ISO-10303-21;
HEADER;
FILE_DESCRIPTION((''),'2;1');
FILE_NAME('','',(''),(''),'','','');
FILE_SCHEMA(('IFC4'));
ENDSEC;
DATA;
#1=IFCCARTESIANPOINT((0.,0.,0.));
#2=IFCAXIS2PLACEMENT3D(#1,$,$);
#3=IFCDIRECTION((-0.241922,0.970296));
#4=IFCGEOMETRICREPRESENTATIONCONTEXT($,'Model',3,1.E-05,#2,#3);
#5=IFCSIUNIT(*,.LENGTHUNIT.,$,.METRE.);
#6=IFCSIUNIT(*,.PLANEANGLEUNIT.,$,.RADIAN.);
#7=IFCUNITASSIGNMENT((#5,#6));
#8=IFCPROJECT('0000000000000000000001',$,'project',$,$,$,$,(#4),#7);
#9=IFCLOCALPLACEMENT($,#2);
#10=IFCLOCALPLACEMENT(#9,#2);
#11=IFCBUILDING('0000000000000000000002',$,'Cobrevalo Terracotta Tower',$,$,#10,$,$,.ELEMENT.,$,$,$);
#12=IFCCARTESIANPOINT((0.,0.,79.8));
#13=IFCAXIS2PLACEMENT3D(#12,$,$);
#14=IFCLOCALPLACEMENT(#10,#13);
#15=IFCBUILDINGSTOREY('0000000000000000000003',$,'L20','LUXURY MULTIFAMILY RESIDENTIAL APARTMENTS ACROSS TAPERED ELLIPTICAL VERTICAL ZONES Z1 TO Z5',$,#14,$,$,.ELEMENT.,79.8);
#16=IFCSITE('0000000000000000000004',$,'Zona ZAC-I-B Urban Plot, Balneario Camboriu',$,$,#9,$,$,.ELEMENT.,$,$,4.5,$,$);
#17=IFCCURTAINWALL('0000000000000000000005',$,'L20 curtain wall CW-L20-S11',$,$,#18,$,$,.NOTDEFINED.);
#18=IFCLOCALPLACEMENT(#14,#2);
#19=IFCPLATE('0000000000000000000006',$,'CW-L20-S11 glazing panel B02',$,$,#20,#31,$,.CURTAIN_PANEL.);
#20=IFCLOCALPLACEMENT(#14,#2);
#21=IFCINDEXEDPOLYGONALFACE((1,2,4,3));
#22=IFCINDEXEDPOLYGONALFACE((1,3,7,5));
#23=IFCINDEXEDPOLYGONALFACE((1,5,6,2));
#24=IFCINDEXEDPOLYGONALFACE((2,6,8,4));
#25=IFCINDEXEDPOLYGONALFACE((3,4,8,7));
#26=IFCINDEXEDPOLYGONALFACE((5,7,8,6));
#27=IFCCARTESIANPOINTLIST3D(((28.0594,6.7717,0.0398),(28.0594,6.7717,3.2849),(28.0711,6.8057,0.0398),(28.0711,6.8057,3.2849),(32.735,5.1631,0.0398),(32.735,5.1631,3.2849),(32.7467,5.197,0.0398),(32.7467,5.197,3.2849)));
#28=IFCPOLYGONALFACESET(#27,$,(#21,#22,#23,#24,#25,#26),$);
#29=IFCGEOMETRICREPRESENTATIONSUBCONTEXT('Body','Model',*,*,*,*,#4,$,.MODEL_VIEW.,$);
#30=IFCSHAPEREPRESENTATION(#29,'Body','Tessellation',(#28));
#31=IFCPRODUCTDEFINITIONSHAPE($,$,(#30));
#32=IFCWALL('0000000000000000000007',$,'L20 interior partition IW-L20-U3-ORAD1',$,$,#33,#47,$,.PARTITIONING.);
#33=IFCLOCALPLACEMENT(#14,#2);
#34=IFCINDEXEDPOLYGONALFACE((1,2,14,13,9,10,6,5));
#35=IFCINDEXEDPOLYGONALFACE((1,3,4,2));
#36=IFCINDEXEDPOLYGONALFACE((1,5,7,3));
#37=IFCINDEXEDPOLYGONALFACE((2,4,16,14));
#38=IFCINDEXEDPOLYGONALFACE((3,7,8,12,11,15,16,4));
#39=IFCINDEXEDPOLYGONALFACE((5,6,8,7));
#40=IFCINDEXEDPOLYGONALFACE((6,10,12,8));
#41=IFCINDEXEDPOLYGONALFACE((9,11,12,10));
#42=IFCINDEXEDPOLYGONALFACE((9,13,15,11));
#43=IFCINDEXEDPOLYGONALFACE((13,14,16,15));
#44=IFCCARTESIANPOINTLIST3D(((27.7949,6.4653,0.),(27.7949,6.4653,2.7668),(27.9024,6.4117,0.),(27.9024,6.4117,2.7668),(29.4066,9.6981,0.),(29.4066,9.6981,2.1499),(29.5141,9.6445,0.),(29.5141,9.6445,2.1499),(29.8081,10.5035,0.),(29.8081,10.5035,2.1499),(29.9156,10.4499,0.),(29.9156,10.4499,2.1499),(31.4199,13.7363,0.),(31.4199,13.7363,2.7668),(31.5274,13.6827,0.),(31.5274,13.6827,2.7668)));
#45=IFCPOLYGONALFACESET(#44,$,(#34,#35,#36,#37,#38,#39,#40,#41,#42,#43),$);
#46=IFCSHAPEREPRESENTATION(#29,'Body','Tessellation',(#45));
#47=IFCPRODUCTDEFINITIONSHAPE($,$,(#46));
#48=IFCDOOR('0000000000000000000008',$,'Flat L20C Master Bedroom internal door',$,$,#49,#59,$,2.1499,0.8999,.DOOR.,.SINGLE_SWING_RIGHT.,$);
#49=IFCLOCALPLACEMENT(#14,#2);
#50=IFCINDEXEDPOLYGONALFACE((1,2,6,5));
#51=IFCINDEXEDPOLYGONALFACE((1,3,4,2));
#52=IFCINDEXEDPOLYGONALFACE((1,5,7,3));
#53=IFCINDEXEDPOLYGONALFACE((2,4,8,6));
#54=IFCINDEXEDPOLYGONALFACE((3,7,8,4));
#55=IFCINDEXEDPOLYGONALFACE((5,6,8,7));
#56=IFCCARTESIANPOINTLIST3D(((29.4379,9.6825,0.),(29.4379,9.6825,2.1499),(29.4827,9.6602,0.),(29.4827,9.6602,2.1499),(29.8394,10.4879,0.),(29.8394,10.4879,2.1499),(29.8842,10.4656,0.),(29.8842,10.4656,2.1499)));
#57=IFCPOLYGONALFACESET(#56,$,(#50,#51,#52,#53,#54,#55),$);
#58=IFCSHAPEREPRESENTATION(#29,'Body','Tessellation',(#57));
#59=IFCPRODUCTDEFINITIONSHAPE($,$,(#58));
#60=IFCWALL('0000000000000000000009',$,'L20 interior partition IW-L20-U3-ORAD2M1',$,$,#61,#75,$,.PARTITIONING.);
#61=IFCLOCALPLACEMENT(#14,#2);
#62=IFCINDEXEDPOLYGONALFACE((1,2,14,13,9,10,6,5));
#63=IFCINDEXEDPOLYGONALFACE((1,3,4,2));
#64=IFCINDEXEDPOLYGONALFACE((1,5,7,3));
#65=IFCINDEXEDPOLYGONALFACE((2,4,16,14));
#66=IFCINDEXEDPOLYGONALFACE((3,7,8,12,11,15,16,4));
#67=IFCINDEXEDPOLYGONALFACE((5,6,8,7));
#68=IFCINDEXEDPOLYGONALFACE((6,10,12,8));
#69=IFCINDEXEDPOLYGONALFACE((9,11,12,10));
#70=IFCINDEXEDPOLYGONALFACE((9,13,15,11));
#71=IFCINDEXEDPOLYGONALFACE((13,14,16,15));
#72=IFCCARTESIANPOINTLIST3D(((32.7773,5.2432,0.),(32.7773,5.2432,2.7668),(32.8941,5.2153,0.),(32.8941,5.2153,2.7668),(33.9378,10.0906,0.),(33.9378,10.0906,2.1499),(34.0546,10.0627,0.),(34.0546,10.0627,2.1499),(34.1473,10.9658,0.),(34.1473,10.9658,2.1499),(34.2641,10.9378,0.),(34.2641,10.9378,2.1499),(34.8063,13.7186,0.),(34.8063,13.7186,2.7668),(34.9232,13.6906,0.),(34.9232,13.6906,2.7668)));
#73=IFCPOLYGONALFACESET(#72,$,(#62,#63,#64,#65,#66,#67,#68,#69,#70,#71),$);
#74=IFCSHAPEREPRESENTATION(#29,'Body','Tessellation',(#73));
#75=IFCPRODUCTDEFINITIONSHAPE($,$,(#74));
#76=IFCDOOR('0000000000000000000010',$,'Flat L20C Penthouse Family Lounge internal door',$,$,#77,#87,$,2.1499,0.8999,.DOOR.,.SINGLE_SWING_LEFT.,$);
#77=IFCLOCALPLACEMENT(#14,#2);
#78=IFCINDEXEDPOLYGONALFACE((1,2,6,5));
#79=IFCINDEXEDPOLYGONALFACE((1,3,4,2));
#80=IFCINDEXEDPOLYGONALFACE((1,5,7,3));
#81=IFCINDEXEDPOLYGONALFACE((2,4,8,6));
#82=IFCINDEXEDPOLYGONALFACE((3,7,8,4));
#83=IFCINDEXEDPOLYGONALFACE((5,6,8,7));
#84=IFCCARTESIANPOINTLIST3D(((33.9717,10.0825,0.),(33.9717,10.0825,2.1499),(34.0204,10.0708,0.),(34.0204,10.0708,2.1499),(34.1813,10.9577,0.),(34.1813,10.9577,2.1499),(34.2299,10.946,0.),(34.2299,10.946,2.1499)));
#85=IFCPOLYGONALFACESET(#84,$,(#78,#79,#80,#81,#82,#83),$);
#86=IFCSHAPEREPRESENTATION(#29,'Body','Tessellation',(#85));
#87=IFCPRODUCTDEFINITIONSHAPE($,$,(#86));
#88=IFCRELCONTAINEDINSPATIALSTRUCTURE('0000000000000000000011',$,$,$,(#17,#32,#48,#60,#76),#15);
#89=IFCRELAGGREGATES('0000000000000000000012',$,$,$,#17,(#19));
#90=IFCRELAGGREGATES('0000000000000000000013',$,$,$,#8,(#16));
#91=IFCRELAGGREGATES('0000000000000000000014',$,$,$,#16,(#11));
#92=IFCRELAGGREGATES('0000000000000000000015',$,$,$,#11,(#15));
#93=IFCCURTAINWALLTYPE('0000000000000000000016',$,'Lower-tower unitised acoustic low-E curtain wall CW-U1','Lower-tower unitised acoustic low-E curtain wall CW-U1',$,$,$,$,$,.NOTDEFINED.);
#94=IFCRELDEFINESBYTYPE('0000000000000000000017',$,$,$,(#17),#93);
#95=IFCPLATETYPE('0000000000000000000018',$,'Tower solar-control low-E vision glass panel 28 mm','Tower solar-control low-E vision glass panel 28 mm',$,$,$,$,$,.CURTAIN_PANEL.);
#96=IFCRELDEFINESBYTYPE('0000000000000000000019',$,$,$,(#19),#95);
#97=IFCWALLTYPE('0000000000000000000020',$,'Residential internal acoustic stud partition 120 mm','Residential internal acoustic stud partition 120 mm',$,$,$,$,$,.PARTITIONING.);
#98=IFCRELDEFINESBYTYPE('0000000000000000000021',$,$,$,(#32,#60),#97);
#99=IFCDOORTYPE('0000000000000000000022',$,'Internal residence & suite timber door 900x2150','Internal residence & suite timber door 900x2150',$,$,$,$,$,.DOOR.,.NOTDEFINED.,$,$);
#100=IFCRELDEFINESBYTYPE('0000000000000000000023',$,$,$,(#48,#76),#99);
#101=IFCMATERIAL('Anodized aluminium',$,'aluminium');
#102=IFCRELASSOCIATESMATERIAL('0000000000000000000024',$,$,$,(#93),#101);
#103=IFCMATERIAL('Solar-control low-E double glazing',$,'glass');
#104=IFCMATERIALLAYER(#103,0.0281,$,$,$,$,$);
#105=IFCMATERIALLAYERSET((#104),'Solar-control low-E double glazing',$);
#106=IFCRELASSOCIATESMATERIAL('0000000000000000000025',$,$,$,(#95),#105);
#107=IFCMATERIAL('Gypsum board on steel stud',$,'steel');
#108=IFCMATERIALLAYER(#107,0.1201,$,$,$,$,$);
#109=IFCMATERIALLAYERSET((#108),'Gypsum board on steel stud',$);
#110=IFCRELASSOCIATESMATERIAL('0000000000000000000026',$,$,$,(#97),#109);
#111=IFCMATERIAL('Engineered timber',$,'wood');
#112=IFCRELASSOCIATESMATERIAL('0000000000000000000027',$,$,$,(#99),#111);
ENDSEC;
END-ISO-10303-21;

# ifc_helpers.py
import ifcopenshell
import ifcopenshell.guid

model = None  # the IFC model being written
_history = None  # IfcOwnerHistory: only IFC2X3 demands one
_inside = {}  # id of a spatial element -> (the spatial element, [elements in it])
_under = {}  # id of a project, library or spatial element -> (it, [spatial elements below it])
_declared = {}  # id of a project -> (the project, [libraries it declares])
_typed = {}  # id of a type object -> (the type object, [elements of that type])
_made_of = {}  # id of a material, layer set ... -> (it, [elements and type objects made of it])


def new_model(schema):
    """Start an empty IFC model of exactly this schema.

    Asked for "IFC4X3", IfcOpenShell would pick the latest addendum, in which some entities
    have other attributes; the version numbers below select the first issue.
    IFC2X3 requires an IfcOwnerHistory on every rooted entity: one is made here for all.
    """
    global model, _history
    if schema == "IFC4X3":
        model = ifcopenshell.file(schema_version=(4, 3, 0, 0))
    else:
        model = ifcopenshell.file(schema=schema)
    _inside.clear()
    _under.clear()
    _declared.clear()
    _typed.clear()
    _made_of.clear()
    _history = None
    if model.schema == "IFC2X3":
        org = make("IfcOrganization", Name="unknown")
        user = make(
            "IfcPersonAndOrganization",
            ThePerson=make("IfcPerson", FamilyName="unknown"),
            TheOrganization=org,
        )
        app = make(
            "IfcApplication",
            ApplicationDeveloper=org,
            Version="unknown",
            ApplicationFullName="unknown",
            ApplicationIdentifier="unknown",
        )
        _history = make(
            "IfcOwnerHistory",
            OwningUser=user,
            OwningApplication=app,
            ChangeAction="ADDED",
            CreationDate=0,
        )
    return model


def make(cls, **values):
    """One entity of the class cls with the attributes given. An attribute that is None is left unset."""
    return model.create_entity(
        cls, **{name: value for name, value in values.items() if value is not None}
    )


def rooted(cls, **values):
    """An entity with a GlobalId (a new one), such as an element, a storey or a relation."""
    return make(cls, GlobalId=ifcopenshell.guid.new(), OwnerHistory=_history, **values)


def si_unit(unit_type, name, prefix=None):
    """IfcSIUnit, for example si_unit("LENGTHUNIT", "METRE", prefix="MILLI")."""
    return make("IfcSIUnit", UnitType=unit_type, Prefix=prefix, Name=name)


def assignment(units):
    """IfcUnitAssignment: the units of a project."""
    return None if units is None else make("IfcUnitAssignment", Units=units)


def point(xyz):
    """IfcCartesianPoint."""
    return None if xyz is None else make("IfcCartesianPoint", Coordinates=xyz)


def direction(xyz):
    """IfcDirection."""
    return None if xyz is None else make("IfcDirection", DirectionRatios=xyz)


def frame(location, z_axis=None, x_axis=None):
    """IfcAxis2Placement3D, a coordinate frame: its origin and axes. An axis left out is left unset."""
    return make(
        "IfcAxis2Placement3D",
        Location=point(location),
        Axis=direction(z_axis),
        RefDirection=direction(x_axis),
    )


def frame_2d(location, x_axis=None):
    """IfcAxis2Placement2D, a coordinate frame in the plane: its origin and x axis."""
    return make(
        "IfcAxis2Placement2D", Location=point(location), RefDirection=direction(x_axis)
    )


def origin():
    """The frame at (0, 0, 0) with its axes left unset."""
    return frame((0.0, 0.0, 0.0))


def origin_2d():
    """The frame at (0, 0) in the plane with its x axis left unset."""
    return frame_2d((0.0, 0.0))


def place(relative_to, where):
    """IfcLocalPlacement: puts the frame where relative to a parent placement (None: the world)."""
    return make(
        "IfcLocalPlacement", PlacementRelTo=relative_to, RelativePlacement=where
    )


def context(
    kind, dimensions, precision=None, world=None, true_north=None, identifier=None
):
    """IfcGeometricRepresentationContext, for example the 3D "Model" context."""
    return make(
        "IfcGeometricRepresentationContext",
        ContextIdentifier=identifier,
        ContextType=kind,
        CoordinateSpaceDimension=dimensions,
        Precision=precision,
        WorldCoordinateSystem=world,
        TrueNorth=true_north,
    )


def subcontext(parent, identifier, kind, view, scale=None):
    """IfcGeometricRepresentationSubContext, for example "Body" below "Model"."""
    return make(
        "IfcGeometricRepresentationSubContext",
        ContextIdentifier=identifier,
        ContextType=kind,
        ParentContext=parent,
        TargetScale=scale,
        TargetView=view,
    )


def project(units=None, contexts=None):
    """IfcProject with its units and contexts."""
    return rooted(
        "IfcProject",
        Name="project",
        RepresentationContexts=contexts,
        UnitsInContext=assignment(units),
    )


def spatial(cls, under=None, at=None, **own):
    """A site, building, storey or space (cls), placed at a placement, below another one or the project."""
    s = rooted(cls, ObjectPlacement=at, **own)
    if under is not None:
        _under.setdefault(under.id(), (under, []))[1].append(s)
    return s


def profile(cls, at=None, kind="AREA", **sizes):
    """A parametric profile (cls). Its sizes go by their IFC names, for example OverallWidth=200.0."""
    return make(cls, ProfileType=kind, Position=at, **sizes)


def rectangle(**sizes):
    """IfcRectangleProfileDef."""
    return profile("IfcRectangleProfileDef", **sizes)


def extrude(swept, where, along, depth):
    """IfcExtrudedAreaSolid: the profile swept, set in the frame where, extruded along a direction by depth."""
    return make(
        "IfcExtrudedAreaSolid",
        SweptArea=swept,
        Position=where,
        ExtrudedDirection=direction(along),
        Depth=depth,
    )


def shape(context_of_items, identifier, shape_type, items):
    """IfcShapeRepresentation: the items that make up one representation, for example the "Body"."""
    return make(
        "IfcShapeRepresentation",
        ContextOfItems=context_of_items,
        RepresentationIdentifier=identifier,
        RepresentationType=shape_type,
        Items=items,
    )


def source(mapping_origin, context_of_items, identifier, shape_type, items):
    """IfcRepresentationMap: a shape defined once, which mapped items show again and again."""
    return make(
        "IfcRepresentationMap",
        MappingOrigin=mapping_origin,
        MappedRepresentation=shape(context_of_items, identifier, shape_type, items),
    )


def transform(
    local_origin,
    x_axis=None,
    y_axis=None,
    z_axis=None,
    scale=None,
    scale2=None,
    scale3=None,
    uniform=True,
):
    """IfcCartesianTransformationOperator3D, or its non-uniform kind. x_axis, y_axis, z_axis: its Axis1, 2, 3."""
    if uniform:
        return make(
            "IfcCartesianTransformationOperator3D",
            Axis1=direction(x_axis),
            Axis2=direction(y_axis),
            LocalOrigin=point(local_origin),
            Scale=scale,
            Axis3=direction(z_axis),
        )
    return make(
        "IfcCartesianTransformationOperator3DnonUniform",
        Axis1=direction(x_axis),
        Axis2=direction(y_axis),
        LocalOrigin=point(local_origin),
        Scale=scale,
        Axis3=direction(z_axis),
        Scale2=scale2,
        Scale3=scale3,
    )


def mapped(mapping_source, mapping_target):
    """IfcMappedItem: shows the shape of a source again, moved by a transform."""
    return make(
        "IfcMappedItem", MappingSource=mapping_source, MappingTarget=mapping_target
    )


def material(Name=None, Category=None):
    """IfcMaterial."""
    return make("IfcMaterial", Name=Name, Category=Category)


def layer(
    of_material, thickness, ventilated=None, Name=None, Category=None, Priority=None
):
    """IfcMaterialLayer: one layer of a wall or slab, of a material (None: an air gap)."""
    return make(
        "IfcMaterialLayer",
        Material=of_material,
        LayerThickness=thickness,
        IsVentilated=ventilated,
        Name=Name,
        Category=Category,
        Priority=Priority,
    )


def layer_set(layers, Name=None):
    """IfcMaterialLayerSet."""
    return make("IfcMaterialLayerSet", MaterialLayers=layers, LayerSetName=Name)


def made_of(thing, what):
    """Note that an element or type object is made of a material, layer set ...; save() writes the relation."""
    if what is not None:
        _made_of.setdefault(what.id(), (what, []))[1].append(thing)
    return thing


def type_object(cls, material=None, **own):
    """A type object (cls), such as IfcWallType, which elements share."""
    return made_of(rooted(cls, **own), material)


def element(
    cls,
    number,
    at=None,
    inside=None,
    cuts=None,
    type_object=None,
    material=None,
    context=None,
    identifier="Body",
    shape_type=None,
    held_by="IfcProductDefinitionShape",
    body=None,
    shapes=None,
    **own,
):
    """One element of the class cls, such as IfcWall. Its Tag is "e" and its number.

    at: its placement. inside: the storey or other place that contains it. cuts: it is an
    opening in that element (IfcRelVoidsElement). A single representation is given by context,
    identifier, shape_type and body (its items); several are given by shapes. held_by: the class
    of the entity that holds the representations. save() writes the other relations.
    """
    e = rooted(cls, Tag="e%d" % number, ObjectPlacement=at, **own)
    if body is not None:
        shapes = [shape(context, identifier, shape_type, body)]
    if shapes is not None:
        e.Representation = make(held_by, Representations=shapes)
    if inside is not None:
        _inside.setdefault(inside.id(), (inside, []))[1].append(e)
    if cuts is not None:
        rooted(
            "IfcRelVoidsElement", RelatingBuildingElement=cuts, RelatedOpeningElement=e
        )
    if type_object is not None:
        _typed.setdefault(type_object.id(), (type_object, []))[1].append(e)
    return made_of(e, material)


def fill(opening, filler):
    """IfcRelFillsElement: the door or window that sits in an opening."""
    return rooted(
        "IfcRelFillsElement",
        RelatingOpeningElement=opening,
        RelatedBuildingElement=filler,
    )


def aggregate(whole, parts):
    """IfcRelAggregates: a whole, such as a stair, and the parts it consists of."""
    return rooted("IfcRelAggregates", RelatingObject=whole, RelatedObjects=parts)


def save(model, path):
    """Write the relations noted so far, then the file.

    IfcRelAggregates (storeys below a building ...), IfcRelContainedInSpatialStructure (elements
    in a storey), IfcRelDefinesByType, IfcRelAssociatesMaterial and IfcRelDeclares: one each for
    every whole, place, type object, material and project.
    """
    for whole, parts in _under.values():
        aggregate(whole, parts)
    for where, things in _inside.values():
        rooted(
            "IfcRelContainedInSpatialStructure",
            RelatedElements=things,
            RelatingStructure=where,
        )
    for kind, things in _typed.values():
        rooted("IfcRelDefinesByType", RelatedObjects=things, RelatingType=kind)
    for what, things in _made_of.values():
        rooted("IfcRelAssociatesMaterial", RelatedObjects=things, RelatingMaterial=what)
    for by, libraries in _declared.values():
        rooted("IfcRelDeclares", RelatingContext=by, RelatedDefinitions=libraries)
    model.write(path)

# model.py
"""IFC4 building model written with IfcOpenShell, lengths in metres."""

from ifc_helpers import new_model, si_unit, direction, frame, frame_2d, origin, origin_2d, place, context, subcontext, project, spatial, rectangle, extrude, source, transform, mapped, material, layer, layer_set, type_object, element, fill, aggregate, save


model = new_model("IFC4")

# Units and contexts
model_context = context("Model", 3, precision=1e-05, world=origin(), true_north=direction((-0.241922, 0.970296)))
body_context = subcontext(model_context, "Body", "Model", "MODEL_VIEW")
ifc_project = project(units=[si_unit("LENGTHUNIT", "METRE"), si_unit("PLANEANGLEUNIT", "RADIAN")], contexts=[model_context])

# Site, building, storey
site_placement = place(None, origin())
site = spatial("IfcSite", under=ifc_project, at=site_placement, Name="Zona ZAC-I-B Urban Plot, Balneario Camboriu", CompositionType="ELEMENT", RefElevation=4.5)
building_placement = place(site_placement, origin())
building = spatial("IfcBuilding", under=site, at=building_placement, Name="Cobrevalo Terracotta Tower", CompositionType="ELEMENT")
storey_placement = place(building_placement, frame((0.0, 0.0, 79.8)))
storey = spatial("IfcBuildingStorey", under=building, at=storey_placement, Name="L20", Description="LUXURY MULTIFAMILY RESIDENTIAL APARTMENTS ACROSS TAPERED ELLIPTICAL VERTICAL ZONES Z1 TO Z5", CompositionType="ELEMENT", Elevation=79.8)

# Curtain wall
ifc_material_1 = material(Name="Anodized aluminium", Category="aluminium")
curtain_wall_type = type_object("IfcCurtainWallType", Name="Lower-tower unitised acoustic low-E curtain wall CW-U1", Description="Lower-tower unitised acoustic low-E curtain wall CW-U1", PredefinedType="NOTDEFINED", material=ifc_material_1)
curtain_wall_1_placement = place(storey_placement, origin())
curtain_wall_1 = element("IfcCurtainWall", 1, at=curtain_wall_1_placement, inside=storey, type_object=curtain_wall_type, Name="L20 curtain wall CW-L20-S11", PredefinedType="NOTDEFINED")

# Plate
ifc_material_2 = material(Name="Solar-control low-E double glazing", Category="glass")
ifc_layer_1 = layer(ifc_material_2, 0.0281)
ifc_layer_set_1 = layer_set([ifc_layer_1], Name="Solar-control low-E double glazing")
plate_type = type_object("IfcPlateType", Name="Tower solar-control low-E vision glass panel 28 mm", Description="Tower solar-control low-E vision glass panel 28 mm", PredefinedType="CURTAIN_PANEL", material=ifc_layer_set_1)
shared_shape_1 = source(origin(), body_context, "Body", "SweptSolid", [
    extrude(rectangle(XDim=4.9446, YDim=0.0359, at=origin_2d()), origin(), (0.0, 0.0, 1.0), 3.2451),
])
plate_1_placement = place(storey_placement, frame((30.4031, 5.9844, 0.0398), z_axis=(0.0, 0.0, 1.0), x_axis=(0.945596, -0.325342, 0.0)))
plate_1 = element("IfcPlate", 2, at=plate_1_placement, type_object=plate_type, Name="CW-L20-S11 glazing panel B02", PredefinedType="CURTAIN_PANEL", context=body_context, shape_type="MappedRepresentation", body=[
    mapped(shared_shape_1, transform((0.0, 0.0, 0.0), scale=1.0)),
])
aggregate(curtain_wall_1, [plate_1])

# Walls, openings, doors
ifc_material_3 = material(Name="Gypsum board on steel stud", Category="steel")
ifc_layer_2 = layer(ifc_material_3, 0.1201)
ifc_layer_set_2 = layer_set([ifc_layer_2], Name="Gypsum board on steel stud")
wall_type = type_object("IfcWallType", Name="Residential internal acoustic stud partition 120 mm", Description="Residential internal acoustic stud partition 120 mm", PredefinedType="PARTITIONING", material=ifc_layer_set_2)
wall_1_placement = place(storey_placement, frame((31.4736, 13.7095, 0.0), z_axis=(0.0, 0.0, 1.0), x_axis=(-0.44618, -0.894943, 0.0)))
wall_1 = element("IfcWall", 3, at=wall_1_placement, inside=storey, type_object=wall_type, Name="L20 interior partition IW-L20-U3-ORAD1", PredefinedType="PARTITIONING", context=body_context, shape_type="SweptSolid", body=[
    extrude(rectangle(XDim=8.1245, YDim=0.1201, at=frame_2d((4.0623, 0.0))), origin(), (0.0, 0.0, 1.0), 2.7668),
])
opening_1_placement = place(wall_1_placement, frame((3.6123, 0.0, 0.0)))
opening_1 = element("IfcOpeningElement", 4, at=opening_1_placement, cuts=wall_1, PredefinedType="OPENING", context=body_context, shape_type="SweptSolid", body=[
    extrude(rectangle(XDim=0.8999, YDim=2.1499, at=frame_2d((0.45, 1.075))), frame((0.0, 0.0701, 0.0), z_axis=(0.0, -1.0, 0.0), x_axis=(1.0, 0.0, 0.0)), (0.0, 0.0, 1.0), 0.1401),
])
ifc_material_4 = material(Name="Engineered timber", Category="wood")
door_type = type_object("IfcDoorType", Name="Internal residence & suite timber door 900x2150", Description="Internal residence & suite timber door 900x2150", OperationType="NOTDEFINED", PredefinedType="DOOR", material=ifc_material_4)
shared_shape_2 = source(origin(), body_context, "Body", "SweptSolid", [
    extrude(rectangle(XDim=0.8999, YDim=2.1499, at=frame_2d((0.45, 1.075))), frame((0.0, 0.0249, 0.0), z_axis=(0.0, -1.0, 0.0), x_axis=(1.0, 0.0, 0.0)), (0.0, 0.0, 1.0), 0.05),
])
door_1_placement = place(opening_1_placement, origin())
door_1 = element("IfcDoor", 5, at=door_1_placement, inside=storey, type_object=door_type, Name="Flat L20C Master Bedroom internal door", OperationType="SINGLE_SWING_RIGHT", OverallHeight=2.1499, OverallWidth=0.8999, PredefinedType="DOOR", context=body_context, shape_type="MappedRepresentation", body=[
    mapped(shared_shape_2, transform((0.0, 0.0, 0.0), scale=1.0)),
])
fill(opening_1, door_1)
wall_2_placement = place(storey_placement, frame((34.8647, 13.7046, 0.0), z_axis=(0.0, 0.0, 1.0), x_axis=(-0.232827, -0.972518, 0.0)))
wall_2 = element("IfcWall", 6, at=wall_2_placement, inside=storey, type_object=wall_type, Name="L20 interior partition IW-L20-U3-ORAD2M1", PredefinedType="PARTITIONING", context=body_context, shape_type="SweptSolid", body=[
    extrude(rectangle(XDim=8.7148, YDim=0.1201, at=frame_2d((4.3574, 0.0))), origin(), (0.0, 0.0, 1.0), 2.7668),
])
opening_2_placement = place(wall_2_placement, frame((2.8306, 0.0, 0.0)))
opening_2 = element("IfcOpeningElement", 7, at=opening_2_placement, cuts=wall_2, PredefinedType="OPENING", context=body_context, shape_type="SweptSolid", body=[
    extrude(rectangle(XDim=0.8999, YDim=2.1499, at=frame_2d((0.45, 1.075))), frame((0.0, 0.0701, 0.0), z_axis=(0.0, -1.0, 0.0), x_axis=(1.0, 0.0, 0.0)), (0.0, 0.0, 1.0), 0.1401),
])
door_2_placement = place(opening_2_placement, origin())
door_2 = element("IfcDoor", 8, at=door_2_placement, inside=storey, type_object=door_type, Name="Flat L20C Penthouse Family Lounge internal door", OperationType="SINGLE_SWING_LEFT", OverallHeight=2.1499, OverallWidth=0.8999, PredefinedType="DOOR", context=body_context, shape_type="MappedRepresentation", body=[
    mapped(shared_shape_2, transform((0.0, 0.0, 0.0), scale=1.0)),
])
fill(opening_2, door_2)

save(model, "model.ifc")
